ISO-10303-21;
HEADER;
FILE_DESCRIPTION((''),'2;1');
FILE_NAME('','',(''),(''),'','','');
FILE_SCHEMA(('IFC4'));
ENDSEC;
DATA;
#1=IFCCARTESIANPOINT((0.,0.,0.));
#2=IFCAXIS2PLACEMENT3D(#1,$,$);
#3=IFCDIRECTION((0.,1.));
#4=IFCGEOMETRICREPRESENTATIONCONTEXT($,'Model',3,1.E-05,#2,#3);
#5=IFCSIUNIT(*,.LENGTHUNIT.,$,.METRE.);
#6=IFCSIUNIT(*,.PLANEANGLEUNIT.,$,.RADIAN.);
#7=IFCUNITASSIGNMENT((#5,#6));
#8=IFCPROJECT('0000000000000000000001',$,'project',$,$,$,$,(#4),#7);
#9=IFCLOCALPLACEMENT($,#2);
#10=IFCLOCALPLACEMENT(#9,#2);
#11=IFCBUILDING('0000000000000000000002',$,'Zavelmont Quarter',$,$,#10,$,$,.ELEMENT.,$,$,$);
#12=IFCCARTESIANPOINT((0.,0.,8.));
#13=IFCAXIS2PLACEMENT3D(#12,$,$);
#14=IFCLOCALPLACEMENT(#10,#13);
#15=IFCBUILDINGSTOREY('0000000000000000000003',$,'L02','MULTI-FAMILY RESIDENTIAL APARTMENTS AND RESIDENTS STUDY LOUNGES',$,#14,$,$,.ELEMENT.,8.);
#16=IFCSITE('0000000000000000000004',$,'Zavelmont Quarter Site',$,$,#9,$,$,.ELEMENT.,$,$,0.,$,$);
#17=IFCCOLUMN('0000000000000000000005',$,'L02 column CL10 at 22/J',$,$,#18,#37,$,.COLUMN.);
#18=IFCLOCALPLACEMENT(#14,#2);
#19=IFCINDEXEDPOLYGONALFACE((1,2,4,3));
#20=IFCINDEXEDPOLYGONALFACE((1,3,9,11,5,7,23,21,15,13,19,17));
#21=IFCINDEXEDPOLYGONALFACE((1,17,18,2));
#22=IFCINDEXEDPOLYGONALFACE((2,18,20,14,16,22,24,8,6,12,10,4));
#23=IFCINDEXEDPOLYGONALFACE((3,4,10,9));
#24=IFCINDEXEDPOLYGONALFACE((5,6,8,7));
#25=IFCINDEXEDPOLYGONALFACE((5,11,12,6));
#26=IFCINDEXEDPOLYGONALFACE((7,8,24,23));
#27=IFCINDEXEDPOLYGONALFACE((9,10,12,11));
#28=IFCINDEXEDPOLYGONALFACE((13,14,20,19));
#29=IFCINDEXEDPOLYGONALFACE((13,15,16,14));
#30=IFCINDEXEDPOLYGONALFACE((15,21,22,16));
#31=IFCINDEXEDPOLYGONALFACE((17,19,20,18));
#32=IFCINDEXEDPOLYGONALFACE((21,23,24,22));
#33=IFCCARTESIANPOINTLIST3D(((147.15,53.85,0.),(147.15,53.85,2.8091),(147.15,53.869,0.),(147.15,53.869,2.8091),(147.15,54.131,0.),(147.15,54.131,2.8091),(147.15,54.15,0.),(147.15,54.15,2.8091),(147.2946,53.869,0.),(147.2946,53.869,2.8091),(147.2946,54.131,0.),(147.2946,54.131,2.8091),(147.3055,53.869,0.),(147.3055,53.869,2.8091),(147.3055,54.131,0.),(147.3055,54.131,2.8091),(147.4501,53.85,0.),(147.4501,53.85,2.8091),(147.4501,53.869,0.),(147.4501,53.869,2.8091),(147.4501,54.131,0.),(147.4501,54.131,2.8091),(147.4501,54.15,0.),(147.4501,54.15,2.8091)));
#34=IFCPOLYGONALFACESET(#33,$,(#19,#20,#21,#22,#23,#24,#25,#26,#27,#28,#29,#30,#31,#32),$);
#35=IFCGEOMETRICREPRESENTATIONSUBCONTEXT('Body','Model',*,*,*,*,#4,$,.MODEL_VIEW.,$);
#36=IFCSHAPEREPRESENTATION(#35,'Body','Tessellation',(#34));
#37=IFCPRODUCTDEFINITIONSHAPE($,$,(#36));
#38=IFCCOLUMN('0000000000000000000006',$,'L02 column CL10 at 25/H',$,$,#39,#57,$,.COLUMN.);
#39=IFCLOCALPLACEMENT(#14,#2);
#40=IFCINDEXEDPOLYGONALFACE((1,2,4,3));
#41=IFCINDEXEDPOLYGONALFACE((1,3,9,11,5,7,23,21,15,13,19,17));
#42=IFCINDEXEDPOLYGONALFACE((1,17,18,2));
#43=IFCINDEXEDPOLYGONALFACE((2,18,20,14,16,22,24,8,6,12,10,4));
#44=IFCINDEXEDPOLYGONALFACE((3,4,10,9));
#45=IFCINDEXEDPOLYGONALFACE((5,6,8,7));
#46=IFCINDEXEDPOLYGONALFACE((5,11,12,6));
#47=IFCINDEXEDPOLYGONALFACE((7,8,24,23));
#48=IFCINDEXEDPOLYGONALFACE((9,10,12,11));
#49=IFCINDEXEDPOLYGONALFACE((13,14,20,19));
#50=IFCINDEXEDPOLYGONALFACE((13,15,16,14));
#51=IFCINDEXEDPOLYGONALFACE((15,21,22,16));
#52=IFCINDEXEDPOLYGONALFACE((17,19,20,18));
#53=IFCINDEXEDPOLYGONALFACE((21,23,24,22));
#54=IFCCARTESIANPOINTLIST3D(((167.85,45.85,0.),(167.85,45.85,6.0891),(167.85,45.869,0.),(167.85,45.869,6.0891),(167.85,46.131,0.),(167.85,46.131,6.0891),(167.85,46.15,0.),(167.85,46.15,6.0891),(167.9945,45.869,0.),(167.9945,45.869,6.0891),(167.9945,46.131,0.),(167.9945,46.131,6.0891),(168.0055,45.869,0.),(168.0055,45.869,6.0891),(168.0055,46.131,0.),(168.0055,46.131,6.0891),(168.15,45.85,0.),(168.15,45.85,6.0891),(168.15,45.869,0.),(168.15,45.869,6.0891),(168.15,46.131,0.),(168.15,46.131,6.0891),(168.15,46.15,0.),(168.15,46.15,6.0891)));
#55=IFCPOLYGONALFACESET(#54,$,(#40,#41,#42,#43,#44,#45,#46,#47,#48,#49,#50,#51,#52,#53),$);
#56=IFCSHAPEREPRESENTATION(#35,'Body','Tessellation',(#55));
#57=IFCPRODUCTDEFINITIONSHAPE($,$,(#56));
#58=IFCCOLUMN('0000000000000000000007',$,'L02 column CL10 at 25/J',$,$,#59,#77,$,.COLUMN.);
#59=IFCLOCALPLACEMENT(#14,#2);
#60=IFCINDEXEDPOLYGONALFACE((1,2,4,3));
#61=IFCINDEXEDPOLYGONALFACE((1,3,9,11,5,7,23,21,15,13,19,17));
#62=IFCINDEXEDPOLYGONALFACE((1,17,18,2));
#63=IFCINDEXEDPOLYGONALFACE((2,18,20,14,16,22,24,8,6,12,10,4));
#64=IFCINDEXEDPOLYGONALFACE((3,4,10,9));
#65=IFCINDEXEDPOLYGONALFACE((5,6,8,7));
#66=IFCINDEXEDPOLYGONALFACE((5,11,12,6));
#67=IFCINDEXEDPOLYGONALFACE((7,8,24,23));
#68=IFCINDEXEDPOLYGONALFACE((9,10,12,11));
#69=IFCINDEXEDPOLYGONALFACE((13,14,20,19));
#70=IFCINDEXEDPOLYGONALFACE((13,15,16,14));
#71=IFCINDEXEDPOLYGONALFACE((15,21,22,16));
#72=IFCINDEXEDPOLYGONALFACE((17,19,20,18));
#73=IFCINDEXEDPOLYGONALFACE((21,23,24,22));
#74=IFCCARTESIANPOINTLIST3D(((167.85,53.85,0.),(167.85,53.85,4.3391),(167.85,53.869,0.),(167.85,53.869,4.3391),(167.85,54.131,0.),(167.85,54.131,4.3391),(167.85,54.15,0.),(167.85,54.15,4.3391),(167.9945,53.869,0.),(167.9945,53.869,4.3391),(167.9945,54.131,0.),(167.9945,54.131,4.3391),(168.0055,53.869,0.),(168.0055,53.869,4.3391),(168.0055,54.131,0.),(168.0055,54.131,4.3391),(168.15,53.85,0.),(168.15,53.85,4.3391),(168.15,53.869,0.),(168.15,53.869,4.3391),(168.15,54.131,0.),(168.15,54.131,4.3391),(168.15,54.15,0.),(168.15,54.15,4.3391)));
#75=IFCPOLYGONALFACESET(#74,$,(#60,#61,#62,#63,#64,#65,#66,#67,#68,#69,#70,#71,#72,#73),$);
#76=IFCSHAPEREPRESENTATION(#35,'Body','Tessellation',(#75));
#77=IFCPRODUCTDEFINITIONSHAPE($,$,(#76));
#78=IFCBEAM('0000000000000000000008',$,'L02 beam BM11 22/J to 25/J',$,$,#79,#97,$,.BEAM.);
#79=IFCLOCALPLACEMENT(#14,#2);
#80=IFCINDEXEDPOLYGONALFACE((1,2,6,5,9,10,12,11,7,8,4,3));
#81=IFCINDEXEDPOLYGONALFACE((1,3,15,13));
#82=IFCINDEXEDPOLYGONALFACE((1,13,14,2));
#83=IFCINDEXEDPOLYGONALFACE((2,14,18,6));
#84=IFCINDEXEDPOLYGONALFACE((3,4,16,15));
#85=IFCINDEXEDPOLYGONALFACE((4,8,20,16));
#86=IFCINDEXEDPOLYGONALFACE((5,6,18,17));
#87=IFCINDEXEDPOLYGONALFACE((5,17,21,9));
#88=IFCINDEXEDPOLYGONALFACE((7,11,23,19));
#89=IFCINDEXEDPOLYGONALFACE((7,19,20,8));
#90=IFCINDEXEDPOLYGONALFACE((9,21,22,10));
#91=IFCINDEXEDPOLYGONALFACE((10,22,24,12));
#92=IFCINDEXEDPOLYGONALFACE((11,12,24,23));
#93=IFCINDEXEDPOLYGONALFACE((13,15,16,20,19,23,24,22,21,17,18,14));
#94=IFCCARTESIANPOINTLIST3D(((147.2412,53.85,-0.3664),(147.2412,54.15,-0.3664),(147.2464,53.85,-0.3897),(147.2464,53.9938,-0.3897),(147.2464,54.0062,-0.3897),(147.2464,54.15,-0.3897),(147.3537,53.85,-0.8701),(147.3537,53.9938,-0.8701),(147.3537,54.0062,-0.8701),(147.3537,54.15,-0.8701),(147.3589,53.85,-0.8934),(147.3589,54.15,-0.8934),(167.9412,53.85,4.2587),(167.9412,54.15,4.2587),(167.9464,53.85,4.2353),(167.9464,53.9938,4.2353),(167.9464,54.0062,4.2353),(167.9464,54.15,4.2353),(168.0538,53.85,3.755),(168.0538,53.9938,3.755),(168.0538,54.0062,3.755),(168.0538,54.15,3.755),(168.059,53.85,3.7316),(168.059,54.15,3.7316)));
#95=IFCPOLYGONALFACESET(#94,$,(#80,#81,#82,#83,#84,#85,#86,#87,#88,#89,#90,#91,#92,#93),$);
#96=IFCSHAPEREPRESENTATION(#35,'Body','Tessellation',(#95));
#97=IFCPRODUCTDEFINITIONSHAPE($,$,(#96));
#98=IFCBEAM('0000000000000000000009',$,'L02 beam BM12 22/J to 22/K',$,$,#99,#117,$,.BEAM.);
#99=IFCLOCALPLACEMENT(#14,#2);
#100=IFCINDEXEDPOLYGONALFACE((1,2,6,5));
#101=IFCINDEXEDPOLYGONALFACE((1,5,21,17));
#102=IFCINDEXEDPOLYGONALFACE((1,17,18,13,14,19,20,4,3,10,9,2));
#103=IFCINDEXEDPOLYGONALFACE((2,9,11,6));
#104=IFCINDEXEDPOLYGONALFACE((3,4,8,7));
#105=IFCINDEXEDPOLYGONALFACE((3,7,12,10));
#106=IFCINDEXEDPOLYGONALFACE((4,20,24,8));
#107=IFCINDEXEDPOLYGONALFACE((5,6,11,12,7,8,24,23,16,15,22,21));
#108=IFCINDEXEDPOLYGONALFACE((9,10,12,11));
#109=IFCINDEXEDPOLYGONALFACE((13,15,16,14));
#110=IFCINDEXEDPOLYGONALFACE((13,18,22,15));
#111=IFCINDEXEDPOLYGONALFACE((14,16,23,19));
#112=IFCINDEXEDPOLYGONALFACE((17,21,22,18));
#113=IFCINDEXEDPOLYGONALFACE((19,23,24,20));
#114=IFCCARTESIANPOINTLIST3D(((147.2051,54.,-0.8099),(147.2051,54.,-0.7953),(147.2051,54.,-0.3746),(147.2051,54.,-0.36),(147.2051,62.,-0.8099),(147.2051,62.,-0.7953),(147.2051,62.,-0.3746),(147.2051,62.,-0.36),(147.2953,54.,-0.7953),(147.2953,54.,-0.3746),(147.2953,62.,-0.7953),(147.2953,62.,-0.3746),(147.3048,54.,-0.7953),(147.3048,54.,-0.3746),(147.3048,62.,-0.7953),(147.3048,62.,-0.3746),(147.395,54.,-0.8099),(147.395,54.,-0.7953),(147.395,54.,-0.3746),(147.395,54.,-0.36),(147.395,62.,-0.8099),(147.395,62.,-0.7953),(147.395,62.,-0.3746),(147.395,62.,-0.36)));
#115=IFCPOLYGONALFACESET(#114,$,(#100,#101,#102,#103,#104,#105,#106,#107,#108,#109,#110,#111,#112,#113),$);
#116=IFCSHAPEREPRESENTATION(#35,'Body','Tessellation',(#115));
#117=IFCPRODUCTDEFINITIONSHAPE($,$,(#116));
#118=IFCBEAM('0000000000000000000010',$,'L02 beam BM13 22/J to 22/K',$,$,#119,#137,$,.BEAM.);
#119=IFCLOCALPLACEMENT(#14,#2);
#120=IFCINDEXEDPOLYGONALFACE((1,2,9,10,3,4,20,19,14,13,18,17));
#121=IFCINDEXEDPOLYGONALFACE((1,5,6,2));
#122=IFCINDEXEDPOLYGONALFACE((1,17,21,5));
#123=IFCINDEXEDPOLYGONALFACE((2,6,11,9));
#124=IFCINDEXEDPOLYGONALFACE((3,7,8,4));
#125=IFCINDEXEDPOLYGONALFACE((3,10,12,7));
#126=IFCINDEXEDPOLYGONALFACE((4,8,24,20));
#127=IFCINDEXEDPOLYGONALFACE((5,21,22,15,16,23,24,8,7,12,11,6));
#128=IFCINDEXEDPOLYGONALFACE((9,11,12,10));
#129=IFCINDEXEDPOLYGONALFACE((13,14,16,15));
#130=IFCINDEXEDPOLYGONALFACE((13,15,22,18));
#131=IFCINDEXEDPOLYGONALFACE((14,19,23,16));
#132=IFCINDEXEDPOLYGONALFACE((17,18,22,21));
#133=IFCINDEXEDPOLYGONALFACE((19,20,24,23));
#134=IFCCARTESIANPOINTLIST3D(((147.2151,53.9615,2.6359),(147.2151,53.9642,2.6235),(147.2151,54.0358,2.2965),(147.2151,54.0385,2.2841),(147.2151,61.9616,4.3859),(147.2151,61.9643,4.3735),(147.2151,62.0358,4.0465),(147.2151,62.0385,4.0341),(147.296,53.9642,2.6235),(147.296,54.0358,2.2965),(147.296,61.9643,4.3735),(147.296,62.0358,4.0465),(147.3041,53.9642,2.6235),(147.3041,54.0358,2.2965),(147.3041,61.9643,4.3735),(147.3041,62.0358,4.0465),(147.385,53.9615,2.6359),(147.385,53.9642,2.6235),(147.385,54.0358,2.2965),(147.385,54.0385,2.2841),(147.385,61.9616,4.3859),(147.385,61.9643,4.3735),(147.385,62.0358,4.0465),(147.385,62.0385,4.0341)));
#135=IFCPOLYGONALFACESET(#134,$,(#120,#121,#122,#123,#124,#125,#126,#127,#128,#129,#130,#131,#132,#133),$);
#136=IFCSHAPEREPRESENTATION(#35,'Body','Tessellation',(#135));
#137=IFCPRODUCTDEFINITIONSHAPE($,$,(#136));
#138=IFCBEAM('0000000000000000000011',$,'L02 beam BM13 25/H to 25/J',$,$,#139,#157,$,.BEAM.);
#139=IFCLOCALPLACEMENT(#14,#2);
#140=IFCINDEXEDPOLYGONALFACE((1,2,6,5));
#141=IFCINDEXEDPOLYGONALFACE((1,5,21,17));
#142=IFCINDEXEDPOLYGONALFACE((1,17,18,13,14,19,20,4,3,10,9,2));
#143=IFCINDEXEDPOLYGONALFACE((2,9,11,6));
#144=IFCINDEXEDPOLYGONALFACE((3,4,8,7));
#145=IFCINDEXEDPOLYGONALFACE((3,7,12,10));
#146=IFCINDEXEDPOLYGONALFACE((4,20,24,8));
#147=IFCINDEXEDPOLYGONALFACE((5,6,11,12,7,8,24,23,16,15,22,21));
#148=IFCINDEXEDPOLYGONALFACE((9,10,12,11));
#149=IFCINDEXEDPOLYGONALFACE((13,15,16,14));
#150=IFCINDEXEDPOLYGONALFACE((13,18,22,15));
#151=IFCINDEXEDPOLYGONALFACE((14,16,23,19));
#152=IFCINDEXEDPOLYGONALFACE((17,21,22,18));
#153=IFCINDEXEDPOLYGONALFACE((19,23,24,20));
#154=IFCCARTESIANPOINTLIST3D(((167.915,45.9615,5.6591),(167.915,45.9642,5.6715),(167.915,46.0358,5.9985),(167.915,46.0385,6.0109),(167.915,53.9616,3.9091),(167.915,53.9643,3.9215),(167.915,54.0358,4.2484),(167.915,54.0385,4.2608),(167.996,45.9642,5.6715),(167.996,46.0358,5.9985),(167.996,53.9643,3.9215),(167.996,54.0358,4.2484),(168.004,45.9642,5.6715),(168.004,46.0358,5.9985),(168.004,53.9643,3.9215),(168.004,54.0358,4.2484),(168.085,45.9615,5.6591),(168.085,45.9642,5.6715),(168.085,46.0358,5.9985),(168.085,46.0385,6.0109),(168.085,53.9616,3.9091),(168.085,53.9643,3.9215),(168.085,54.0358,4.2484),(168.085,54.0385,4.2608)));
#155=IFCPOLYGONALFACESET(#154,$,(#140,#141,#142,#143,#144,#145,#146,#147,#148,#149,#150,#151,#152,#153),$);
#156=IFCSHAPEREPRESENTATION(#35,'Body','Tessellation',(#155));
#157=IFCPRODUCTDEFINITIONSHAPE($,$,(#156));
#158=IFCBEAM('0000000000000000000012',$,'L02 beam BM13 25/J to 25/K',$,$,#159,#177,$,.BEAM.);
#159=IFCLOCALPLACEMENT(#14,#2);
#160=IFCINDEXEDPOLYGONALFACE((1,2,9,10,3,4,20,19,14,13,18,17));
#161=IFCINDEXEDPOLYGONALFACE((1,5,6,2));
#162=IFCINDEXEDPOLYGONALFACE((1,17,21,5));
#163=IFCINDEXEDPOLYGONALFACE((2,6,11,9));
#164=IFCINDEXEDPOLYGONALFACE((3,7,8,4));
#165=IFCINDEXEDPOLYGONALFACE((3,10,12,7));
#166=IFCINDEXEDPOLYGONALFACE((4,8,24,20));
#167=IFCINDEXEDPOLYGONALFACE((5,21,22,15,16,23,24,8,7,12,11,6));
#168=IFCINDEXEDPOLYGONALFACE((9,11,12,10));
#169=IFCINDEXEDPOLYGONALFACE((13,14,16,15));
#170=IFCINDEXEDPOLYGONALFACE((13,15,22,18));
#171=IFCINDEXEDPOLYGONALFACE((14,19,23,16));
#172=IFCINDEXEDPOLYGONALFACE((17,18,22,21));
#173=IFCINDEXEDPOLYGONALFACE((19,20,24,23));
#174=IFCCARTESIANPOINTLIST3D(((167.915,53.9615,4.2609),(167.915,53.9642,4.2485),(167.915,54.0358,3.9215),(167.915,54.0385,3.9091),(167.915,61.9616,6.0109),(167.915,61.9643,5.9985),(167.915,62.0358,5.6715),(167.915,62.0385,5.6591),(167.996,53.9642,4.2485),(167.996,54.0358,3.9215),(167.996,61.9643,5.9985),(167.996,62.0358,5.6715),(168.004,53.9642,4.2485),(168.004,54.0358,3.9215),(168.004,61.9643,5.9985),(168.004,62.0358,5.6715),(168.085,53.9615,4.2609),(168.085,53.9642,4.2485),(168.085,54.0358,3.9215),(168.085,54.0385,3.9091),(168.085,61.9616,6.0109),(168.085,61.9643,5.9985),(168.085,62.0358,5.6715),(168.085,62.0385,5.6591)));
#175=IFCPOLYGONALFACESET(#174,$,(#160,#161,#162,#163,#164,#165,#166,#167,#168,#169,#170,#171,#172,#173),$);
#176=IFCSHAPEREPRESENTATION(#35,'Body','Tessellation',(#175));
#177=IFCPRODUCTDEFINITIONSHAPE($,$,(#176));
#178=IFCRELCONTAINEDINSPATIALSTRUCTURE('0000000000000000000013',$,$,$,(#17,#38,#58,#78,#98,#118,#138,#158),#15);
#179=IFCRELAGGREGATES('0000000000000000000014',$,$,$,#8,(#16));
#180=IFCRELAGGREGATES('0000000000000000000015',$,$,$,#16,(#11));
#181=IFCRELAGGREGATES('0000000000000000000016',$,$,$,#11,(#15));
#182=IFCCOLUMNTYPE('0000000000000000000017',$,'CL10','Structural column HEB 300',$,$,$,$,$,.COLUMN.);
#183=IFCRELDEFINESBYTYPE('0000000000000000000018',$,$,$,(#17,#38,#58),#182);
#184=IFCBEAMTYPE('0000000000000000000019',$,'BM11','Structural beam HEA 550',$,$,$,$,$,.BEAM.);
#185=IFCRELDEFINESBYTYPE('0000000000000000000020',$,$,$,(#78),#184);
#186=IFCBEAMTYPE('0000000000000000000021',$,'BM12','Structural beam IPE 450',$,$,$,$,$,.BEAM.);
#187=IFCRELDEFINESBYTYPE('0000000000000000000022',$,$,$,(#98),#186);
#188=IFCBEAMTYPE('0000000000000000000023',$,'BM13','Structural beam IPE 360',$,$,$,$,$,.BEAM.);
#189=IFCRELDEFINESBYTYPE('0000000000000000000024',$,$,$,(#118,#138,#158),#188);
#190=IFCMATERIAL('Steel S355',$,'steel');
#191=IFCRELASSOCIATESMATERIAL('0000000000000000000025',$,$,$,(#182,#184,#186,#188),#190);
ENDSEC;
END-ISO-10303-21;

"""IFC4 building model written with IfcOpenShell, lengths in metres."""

from ifc_helpers import new_model, si_unit, direction, frame, origin, origin_2d, place, context, subcontext, project, spatial, i_section, extrude, material, material_profile, profile_set, type_object, element, save


model = new_model("IFC4")

# Units and contexts
model_context = context("Model", 3, precision=1e-05, world=origin(), true_north=direction((0.0, 1.0)))
body_context = subcontext(model_context, "Body", "Model", "MODEL_VIEW")
ifc_project = project(units=[si_unit("LENGTHUNIT", "METRE"), si_unit("PLANEANGLEUNIT", "RADIAN")], contexts=[model_context])

# Site, building, storey
site_placement = place(None, origin())
site = spatial("IfcSite", under=ifc_project, at=site_placement, Name="Zavelmont Quarter Site", CompositionType="ELEMENT", RefElevation=0.0)
building_placement = place(site_placement, origin())
building = spatial("IfcBuilding", under=site, at=building_placement, Name="Zavelmont Quarter", CompositionType="ELEMENT")
storey_placement = place(building_placement, frame((0.0, 0.0, 8.0)))
storey = spatial("IfcBuildingStorey", under=building, at=storey_placement, Name="L02", Description="MULTI-FAMILY RESIDENTIAL APARTMENTS AND RESIDENTS STUDY LOUNGES", CompositionType="ELEMENT", Elevation=8.0)

# Columns
ifc_material_1 = material(Name="Steel S355", Category="steel")
ifc_material_profile_1 = material_profile(ifc_material_1, i_section(OverallWidth=0.3, OverallDepth=0.3, WebThickness=0.011, FlangeThickness=0.019, at=origin_2d()), Name="HEB 300")
ifc_profile_set_1 = profile_set([ifc_material_profile_1], Name="Steel S355")
column_type = type_object("IfcColumnType", Name="CL10", Description="Structural column HEB 300", PredefinedType="COLUMN", material=ifc_profile_set_1)
column_1_placement = place(storey_placement, frame((147.3, 54.0, 0.0), z_axis=(0.0, 0.0, 1.0), x_axis=(1.0, 0.0, 0.0)))
element("IfcColumn", 1, at=column_1_placement, inside=storey, type_object=column_type, Name="L02 column CL10 at 22/J", PredefinedType="COLUMN", context=body_context, shape_type="SweptSolid", body=[
    extrude(i_section(OverallWidth=0.3, OverallDepth=0.3, WebThickness=0.011, FlangeThickness=0.019, at=origin_2d()), origin(), (0.0, 0.0, 1.0), 2.8091),
])
column_2_placement = place(storey_placement, frame((168.0, 46.0, 0.0), z_axis=(0.0, 0.0, 1.0), x_axis=(1.0, 0.0, 0.0)))
element("IfcColumn", 2, at=column_2_placement, inside=storey, type_object=column_type, Name="L02 column CL10 at 25/H", PredefinedType="COLUMN", context=body_context, shape_type="SweptSolid", body=[
    extrude(i_section(OverallWidth=0.3, OverallDepth=0.3, WebThickness=0.011, FlangeThickness=0.019, at=origin_2d()), origin(), (0.0, 0.0, 1.0), 6.0891),
])
column_3_placement = place(storey_placement, frame((168.0, 54.0, 0.0), z_axis=(0.0, 0.0, 1.0), x_axis=(1.0, 0.0, 0.0)))
element("IfcColumn", 3, at=column_3_placement, inside=storey, type_object=column_type, Name="L02 column CL10 at 25/J", PredefinedType="COLUMN", context=body_context, shape_type="SweptSolid", body=[
    extrude(i_section(OverallWidth=0.3, OverallDepth=0.3, WebThickness=0.011, FlangeThickness=0.019, at=origin_2d()), origin(), (0.0, 0.0, 1.0), 4.3391),
])

# Beams
ifc_material_profile_2 = material_profile(ifc_material_1, i_section(OverallWidth=0.3, OverallDepth=0.54, WebThickness=0.0125, FlangeThickness=0.0239, at=origin_2d()), Name="HEA 550")
ifc_profile_set_2 = profile_set([ifc_material_profile_2], Name="Steel S355")
beam_type_1 = type_object("IfcBeamType", Name="BM11", Description="Structural beam HEA 550", PredefinedType="BEAM", material=ifc_profile_set_2)
beam_1_placement = place(storey_placement, frame((147.3, 54.0, -0.6299), z_axis=(0.975937, 0.0, 0.218054), x_axis=(0.0, 1.0, 0.0)))
element("IfcBeam", 4, at=beam_1_placement, inside=storey, type_object=beam_type_1, Name="L02 beam BM11 22/J to 25/J", PredefinedType="BEAM", context=body_context, shape_type="SweptSolid", body=[
    extrude(i_section(OverallWidth=0.3, OverallDepth=0.54, WebThickness=0.0125, FlangeThickness=0.0239, at=origin_2d()), origin(), (0.0, 0.0, 1.0), 21.2104),
])
ifc_material_profile_3 = material_profile(ifc_material_1, i_section(OverallWidth=0.1899, OverallDepth=0.45, WebThickness=0.0095, FlangeThickness=0.0146, at=origin_2d()), Name="IPE 450")
ifc_profile_set_3 = profile_set([ifc_material_profile_3], Name="Steel S355")
beam_type_2 = type_object("IfcBeamType", Name="BM12", Description="Structural beam IPE 450", PredefinedType="BEAM", material=ifc_profile_set_3)
beam_2_placement = place(storey_placement, frame((147.3, 54.0, -0.585), z_axis=(0.0, 1.0, 0.0), x_axis=(-1.0, 0.0, 0.0)))
element("IfcBeam", 5, at=beam_2_placement, inside=storey, type_object=beam_type_2, Name="L02 beam BM12 22/J to 22/K", PredefinedType="BEAM", context=body_context, shape_type="SweptSolid", body=[
    extrude(i_section(OverallWidth=0.1899, OverallDepth=0.45, WebThickness=0.0095, FlangeThickness=0.0146, at=origin_2d()), origin(), (0.0, 0.0, 1.0), 8.0),
])
ifc_material_profile_4 = material_profile(ifc_material_1, i_section(OverallWidth=0.1699, OverallDepth=0.3601, WebThickness=0.0081, FlangeThickness=0.0127, at=origin_2d()), Name="IPE 360")
ifc_profile_set_4 = profile_set([ifc_material_profile_4], Name="Steel S355")
beam_type_3 = type_object("IfcBeamType", Name="BM13", Description="Structural beam IPE 360", PredefinedType="BEAM", material=ifc_profile_set_4)
for number, where, z_axis, x_axis, name in (
    (6, (147.3, 54.0, 2.46), (0.0, 0.9769, 0.213697), (-1.0, 0.0, 0.0), "L02 beam BM13 22/J to 22/K"),
    (7, (168.0, 46.0, 5.835), (0.0, 0.9769, -0.213697), (-1.0, 0.0, 0.0), "L02 beam BM13 25/H to 25/J"),
    (8, (168.0, 54.0, 4.085), (0.0, 0.9769, 0.213697), (-1.0, 0.0, 0.0), "L02 beam BM13 25/J to 25/K"),
):
    element("IfcBeam", number, at=place(storey_placement, frame(where, z_axis=z_axis, x_axis=x_axis)), inside=storey, type_object=beam_type_3, Name=name, PredefinedType="BEAM", context=body_context, shape_type="SweptSolid", body=[
        extrude(i_section(OverallWidth=0.1699, OverallDepth=0.3601, WebThickness=0.0081, FlangeThickness=0.0127, at=origin_2d()), origin(), (0.0, 0.0, 1.0), 8.1892),
    ])

save(model, "model.ifc")
